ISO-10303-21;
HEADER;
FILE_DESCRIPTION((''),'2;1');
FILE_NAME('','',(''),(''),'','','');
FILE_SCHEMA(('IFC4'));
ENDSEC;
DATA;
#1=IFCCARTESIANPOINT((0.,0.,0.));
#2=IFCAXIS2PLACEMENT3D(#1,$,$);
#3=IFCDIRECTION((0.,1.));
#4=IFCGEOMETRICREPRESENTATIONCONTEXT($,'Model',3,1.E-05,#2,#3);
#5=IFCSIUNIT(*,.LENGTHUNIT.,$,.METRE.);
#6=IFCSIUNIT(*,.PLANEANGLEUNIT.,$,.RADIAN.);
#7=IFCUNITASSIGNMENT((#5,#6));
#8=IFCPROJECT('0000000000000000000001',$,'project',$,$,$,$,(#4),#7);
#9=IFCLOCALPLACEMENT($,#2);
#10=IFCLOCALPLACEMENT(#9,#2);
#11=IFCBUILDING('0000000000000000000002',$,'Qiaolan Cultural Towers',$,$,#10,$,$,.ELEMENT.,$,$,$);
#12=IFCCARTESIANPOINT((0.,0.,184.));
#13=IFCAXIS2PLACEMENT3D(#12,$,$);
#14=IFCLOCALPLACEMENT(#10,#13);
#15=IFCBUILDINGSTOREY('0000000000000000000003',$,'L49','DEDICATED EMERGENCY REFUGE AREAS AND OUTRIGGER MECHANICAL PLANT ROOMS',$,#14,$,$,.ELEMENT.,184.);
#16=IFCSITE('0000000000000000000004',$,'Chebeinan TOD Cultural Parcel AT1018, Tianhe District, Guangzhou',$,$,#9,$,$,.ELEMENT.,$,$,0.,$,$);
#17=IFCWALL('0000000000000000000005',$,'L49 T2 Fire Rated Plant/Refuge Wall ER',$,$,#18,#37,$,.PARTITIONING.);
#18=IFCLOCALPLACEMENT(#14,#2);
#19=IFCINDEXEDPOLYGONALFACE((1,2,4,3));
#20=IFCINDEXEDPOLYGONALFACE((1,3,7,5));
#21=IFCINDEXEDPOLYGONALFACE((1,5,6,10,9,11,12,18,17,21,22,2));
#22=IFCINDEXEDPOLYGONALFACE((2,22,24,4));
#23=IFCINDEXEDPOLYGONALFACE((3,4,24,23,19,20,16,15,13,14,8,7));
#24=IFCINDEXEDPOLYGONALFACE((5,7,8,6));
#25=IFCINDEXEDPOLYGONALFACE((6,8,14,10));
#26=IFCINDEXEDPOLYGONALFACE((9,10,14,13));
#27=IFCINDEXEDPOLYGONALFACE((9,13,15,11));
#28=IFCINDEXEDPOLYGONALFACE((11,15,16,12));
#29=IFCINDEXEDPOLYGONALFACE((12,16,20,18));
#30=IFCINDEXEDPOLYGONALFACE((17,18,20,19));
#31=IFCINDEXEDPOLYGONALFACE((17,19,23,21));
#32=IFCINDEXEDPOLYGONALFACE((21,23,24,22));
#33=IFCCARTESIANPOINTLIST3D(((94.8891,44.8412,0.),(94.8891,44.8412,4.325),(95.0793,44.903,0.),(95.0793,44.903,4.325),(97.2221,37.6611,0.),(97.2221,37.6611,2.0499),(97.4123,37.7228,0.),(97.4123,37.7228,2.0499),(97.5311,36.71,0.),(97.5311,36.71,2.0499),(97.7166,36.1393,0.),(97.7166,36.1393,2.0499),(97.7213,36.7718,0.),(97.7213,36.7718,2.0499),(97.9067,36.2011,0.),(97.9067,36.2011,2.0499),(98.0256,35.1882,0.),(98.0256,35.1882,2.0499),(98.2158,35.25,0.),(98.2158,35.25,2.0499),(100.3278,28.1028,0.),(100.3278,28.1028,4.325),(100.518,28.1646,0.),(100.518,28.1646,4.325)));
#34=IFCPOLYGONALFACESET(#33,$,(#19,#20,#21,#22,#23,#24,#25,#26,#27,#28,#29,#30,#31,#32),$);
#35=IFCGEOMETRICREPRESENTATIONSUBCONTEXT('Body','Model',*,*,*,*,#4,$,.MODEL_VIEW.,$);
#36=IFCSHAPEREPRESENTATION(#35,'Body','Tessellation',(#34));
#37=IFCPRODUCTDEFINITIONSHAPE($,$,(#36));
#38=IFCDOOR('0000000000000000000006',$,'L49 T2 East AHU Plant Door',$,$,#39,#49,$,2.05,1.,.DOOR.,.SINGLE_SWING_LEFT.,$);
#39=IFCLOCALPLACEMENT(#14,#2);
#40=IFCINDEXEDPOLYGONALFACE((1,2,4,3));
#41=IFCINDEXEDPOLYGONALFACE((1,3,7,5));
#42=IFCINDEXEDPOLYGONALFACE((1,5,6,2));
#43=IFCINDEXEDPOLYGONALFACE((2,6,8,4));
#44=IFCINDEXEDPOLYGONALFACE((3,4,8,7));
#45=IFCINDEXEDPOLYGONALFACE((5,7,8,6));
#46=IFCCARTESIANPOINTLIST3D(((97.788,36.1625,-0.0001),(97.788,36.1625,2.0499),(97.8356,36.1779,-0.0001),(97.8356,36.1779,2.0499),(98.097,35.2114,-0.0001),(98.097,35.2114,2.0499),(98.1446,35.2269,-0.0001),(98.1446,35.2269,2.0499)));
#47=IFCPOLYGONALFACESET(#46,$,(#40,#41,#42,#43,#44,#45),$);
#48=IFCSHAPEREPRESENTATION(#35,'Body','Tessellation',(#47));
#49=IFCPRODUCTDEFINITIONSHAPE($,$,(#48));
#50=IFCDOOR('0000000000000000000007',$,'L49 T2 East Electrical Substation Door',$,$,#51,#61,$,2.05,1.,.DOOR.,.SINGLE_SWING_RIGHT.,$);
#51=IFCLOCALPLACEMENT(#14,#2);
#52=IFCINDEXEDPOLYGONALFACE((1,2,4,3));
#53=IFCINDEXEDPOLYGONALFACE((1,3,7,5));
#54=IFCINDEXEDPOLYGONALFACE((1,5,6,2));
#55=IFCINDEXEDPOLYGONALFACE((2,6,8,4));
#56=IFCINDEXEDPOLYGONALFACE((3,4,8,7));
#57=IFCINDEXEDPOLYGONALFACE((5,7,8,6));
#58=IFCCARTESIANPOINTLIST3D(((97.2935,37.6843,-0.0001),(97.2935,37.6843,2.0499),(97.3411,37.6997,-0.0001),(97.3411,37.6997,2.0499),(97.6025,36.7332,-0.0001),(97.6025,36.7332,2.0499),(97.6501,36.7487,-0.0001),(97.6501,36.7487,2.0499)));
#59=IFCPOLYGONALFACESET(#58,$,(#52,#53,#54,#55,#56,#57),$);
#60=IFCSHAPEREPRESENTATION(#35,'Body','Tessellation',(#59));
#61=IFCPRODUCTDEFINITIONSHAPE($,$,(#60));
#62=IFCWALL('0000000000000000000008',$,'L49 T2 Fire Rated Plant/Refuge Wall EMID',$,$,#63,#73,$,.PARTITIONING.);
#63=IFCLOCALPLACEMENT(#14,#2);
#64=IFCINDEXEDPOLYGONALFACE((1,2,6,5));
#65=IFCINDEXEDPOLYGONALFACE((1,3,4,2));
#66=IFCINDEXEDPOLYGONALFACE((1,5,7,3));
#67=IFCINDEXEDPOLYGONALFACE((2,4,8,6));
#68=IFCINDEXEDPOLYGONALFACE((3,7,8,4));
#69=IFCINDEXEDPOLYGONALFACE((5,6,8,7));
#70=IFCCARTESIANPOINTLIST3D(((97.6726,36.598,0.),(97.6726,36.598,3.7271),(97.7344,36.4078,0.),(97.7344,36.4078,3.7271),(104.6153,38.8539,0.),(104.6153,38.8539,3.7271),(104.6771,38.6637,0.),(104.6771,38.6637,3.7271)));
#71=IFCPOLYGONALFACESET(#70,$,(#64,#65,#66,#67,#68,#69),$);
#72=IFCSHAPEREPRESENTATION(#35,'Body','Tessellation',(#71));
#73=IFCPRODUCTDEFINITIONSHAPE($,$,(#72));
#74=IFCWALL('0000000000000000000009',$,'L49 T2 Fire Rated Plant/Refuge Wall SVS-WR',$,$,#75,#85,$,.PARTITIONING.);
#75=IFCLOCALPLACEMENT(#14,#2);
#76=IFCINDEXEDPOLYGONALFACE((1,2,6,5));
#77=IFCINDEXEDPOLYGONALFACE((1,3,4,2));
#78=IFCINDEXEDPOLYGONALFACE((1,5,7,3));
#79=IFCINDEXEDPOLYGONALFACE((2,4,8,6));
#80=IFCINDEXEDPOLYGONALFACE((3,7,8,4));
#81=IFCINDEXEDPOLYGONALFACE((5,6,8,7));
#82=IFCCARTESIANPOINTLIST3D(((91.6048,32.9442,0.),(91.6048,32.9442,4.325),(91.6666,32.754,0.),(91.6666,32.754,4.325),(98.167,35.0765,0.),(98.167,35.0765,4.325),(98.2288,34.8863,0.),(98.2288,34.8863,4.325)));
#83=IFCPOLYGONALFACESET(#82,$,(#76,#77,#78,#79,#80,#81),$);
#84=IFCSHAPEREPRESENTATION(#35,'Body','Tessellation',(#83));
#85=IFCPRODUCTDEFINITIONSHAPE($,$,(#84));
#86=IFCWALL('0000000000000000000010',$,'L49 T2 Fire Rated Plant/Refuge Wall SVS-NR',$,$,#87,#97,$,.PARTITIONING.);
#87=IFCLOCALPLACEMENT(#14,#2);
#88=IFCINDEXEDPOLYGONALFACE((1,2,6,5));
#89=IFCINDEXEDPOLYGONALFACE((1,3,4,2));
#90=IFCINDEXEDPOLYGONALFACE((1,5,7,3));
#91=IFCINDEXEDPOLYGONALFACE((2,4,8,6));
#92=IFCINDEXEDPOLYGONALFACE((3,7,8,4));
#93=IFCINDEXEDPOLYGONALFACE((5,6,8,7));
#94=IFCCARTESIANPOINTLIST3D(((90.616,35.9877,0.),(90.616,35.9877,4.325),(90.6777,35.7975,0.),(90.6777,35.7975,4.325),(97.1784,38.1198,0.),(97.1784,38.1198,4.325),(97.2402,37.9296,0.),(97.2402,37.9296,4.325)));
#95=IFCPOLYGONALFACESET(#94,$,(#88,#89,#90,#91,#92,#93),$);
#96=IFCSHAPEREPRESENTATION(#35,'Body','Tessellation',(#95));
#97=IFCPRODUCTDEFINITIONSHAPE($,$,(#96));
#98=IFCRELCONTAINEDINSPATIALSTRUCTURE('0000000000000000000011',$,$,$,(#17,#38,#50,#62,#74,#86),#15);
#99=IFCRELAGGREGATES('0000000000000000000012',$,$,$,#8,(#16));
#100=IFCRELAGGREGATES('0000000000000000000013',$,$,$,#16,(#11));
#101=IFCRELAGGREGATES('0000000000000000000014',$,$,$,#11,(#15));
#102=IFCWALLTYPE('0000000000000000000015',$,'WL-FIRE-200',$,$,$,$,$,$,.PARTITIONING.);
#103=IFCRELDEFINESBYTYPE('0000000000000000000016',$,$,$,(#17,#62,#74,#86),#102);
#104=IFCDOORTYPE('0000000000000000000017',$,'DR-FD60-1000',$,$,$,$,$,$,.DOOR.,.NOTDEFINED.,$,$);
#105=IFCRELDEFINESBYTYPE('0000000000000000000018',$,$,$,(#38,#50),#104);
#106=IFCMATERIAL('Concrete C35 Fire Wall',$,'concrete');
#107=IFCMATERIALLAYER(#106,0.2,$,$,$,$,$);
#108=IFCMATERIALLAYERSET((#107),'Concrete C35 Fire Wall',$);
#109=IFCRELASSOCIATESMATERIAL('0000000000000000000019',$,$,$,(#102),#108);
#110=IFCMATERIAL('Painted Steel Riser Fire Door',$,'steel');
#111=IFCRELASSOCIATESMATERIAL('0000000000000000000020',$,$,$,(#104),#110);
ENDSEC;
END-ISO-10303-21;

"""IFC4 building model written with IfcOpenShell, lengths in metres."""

from ifc_helpers import new_model, si_unit, direction, frame, frame_2d, origin, place, context, subcontext, project, spatial, rectangle, extrude, material, layer, layer_set, type_object, element, fill, save


model = new_model("IFC4")

# Units and contexts
model_context = context("Model", 3, precision=1e-05, world=origin(), true_north=direction((0.0, 1.0)))
body_context = subcontext(model_context, "Body", "Model", "MODEL_VIEW")
ifc_project = project(units=[si_unit("LENGTHUNIT", "METRE"), si_unit("PLANEANGLEUNIT", "RADIAN")], contexts=[model_context])

# Site, building, storey
site_placement = place(None, origin())
site = spatial("IfcSite", under=ifc_project, at=site_placement, Name="Chebeinan TOD Cultural Parcel AT1018, Tianhe District, Guangzhou", CompositionType="ELEMENT", RefElevation=0.0)
building_placement = place(site_placement, origin())
building = spatial("IfcBuilding", under=site, at=building_placement, Name="Qiaolan Cultural Towers", CompositionType="ELEMENT")
storey_placement = place(building_placement, frame((0.0, 0.0, 184.0)))
storey = spatial("IfcBuildingStorey", under=building, at=storey_placement, Name="L49", Description="DEDICATED EMERGENCY REFUGE AREAS AND OUTRIGGER MECHANICAL PLANT ROOMS", CompositionType="ELEMENT", Elevation=184.0)

# Shared definitions
ifc_material_1 = material(Name="Concrete C35 Fire Wall", Category="concrete")
ifc_layer_1 = layer(ifc_material_1, 0.2)
ifc_layer_set_1 = layer_set([ifc_layer_1], Name="Concrete C35 Fire Wall")
wall_type = type_object("IfcWallType", Name="WL-FIRE-200", PredefinedType="PARTITIONING", material=ifc_layer_set_1)

# Wall, openings, doors
wall_1_placement = place(storey_placement, frame((100.4229, 28.1338, 0.0), z_axis=(0.0, 0.0, 1.0), x_axis=(-0.309019, 0.951056, 0.0)))
wall_1 = element("IfcWall", 1, at=wall_1_placement, inside=storey, type_object=wall_type, Name="L49 T2 Fire Rated Plant/Refuge Wall ER", PredefinedType="PARTITIONING", context=body_context, shape_type="SweptSolid", body=[
    extrude(rectangle(XDim=17.5999, YDim=0.2, at=frame_2d((8.7998, 0.0))), origin(), (0.0, 0.0, 1.0), 4.325),
])
opening_1_placement = place(wall_1_placement, frame((7.45, 0.0, 0.0)))
opening_1 = element("IfcOpeningElement", 2, at=opening_1_placement, cuts=wall_1, PredefinedType="OPENING", context=body_context, shape_type="SweptSolid", body=[
    extrude(rectangle(XDim=1.0, YDim=2.05, at=frame_2d((0.5, 1.0249))), frame((0.0, 0.1099, 0.0), z_axis=(0.0, -1.0, 0.0), x_axis=(1.0, 0.0, 0.0)), (0.0, 0.0, 1.0), 0.22),
])
opening_2_placement = place(wall_1_placement, frame((9.05, 0.0, 0.0)))
opening_2 = element("IfcOpeningElement", 3, at=opening_2_placement, cuts=wall_1, PredefinedType="OPENING", context=body_context, shape_type="SweptSolid", body=[
    extrude(rectangle(XDim=1.0, YDim=2.05, at=frame_2d((0.5, 1.0249))), frame((0.0, 0.1099, 0.0), z_axis=(0.0, -1.0, 0.0), x_axis=(1.0, 0.0, 0.0)), (0.0, 0.0, 1.0), 0.22),
])
ifc_material_2 = material(Name="Painted Steel Riser Fire Door", Category="steel")
door_type_1 = type_object("IfcDoorType", Name="DR-FD60-1000", OperationType="NOTDEFINED", PredefinedType="DOOR", material=ifc_material_2)
door_1_placement = place(opening_1_placement, origin())
door_1 = element("IfcDoor", 4, at=door_1_placement, inside=storey, type_object=door_type_1, Name="L49 T2 East AHU Plant Door", OperationType="SINGLE_SWING_LEFT", OverallHeight=2.05, OverallWidth=1.0, PredefinedType="DOOR", context=body_context, shape_type="SweptSolid", body=[
    extrude(rectangle(XDim=1.0, YDim=2.05, at=frame_2d((0.5, 1.0249))), frame((0.0, 0.0249, 0.0), z_axis=(0.0, -1.0, 0.0), x_axis=(1.0, 0.0, 0.0)), (0.0, 0.0, 1.0), 0.05),
])
fill(opening_1, door_1)
door_2_placement = place(opening_2_placement, origin())
door_2 = element("IfcDoor", 5, at=door_2_placement, inside=storey, type_object=door_type_1, Name="L49 T2 East Electrical Substation Door", OperationType="SINGLE_SWING_RIGHT", OverallHeight=2.05, OverallWidth=1.0, PredefinedType="DOOR", context=body_context, shape_type="SweptSolid", body=[
    extrude(rectangle(XDim=1.0, YDim=2.05, at=frame_2d((0.5, 1.0249))), frame((0.0, 0.0249, 0.0), z_axis=(0.0, -1.0, 0.0), x_axis=(1.0, 0.0, 0.0)), (0.0, 0.0, 1.0), 0.05),
])
fill(opening_2, door_2)

# Walls
wall_2_placement = place(storey_placement, frame((97.7036, 36.5029, 0.0), z_axis=(0.0, 0.0, 1.0), x_axis=(0.951054, 0.309025, 0.0)))
element("IfcWall", 6, at=wall_2_placement, inside=storey, type_object=wall_type, Name="L49 T2 Fire Rated Plant/Refuge Wall EMID", PredefinedType="PARTITIONING", context=body_context, shape_type="SweptSolid", body=[
    extrude(rectangle(XDim=7.3, YDim=0.2, at=frame_2d((3.6499, 0.0))), origin(), (0.0, 0.0, 1.0), 3.7271),
])
wall_3_placement = place(storey_placement, frame((91.6357, 32.8491, 0.0), z_axis=(0.0, 0.0, 1.0), x_axis=(0.951051, 0.309032, 0.0)))
element("IfcWall", 7, at=wall_3_placement, inside=storey, type_object=wall_type, Name="L49 T2 Fire Rated Plant/Refuge Wall SVS-WR", PredefinedType="PARTITIONING", context=body_context, shape_type="SweptSolid", body=[
    extrude(rectangle(XDim=6.8999, YDim=0.2, at=frame_2d((3.45, 0.0))), origin(), (0.0, 0.0, 1.0), 4.325),
])
wall_4_placement = place(storey_placement, frame((90.6467, 35.8926, 0.0), z_axis=(0.0, 0.0, 1.0), x_axis=(0.951065, 0.30899, 0.0)))
element("IfcWall", 8, at=wall_4_placement, inside=storey, type_object=wall_type, Name="L49 T2 Fire Rated Plant/Refuge Wall SVS-NR", PredefinedType="PARTITIONING", context=body_context, shape_type="SweptSolid", body=[
    extrude(rectangle(XDim=6.9001, YDim=0.2, at=frame_2d((3.4502, 0.0))), origin(), (0.0, 0.0, 1.0), 4.325),
])

save(model, "model.ifc")
